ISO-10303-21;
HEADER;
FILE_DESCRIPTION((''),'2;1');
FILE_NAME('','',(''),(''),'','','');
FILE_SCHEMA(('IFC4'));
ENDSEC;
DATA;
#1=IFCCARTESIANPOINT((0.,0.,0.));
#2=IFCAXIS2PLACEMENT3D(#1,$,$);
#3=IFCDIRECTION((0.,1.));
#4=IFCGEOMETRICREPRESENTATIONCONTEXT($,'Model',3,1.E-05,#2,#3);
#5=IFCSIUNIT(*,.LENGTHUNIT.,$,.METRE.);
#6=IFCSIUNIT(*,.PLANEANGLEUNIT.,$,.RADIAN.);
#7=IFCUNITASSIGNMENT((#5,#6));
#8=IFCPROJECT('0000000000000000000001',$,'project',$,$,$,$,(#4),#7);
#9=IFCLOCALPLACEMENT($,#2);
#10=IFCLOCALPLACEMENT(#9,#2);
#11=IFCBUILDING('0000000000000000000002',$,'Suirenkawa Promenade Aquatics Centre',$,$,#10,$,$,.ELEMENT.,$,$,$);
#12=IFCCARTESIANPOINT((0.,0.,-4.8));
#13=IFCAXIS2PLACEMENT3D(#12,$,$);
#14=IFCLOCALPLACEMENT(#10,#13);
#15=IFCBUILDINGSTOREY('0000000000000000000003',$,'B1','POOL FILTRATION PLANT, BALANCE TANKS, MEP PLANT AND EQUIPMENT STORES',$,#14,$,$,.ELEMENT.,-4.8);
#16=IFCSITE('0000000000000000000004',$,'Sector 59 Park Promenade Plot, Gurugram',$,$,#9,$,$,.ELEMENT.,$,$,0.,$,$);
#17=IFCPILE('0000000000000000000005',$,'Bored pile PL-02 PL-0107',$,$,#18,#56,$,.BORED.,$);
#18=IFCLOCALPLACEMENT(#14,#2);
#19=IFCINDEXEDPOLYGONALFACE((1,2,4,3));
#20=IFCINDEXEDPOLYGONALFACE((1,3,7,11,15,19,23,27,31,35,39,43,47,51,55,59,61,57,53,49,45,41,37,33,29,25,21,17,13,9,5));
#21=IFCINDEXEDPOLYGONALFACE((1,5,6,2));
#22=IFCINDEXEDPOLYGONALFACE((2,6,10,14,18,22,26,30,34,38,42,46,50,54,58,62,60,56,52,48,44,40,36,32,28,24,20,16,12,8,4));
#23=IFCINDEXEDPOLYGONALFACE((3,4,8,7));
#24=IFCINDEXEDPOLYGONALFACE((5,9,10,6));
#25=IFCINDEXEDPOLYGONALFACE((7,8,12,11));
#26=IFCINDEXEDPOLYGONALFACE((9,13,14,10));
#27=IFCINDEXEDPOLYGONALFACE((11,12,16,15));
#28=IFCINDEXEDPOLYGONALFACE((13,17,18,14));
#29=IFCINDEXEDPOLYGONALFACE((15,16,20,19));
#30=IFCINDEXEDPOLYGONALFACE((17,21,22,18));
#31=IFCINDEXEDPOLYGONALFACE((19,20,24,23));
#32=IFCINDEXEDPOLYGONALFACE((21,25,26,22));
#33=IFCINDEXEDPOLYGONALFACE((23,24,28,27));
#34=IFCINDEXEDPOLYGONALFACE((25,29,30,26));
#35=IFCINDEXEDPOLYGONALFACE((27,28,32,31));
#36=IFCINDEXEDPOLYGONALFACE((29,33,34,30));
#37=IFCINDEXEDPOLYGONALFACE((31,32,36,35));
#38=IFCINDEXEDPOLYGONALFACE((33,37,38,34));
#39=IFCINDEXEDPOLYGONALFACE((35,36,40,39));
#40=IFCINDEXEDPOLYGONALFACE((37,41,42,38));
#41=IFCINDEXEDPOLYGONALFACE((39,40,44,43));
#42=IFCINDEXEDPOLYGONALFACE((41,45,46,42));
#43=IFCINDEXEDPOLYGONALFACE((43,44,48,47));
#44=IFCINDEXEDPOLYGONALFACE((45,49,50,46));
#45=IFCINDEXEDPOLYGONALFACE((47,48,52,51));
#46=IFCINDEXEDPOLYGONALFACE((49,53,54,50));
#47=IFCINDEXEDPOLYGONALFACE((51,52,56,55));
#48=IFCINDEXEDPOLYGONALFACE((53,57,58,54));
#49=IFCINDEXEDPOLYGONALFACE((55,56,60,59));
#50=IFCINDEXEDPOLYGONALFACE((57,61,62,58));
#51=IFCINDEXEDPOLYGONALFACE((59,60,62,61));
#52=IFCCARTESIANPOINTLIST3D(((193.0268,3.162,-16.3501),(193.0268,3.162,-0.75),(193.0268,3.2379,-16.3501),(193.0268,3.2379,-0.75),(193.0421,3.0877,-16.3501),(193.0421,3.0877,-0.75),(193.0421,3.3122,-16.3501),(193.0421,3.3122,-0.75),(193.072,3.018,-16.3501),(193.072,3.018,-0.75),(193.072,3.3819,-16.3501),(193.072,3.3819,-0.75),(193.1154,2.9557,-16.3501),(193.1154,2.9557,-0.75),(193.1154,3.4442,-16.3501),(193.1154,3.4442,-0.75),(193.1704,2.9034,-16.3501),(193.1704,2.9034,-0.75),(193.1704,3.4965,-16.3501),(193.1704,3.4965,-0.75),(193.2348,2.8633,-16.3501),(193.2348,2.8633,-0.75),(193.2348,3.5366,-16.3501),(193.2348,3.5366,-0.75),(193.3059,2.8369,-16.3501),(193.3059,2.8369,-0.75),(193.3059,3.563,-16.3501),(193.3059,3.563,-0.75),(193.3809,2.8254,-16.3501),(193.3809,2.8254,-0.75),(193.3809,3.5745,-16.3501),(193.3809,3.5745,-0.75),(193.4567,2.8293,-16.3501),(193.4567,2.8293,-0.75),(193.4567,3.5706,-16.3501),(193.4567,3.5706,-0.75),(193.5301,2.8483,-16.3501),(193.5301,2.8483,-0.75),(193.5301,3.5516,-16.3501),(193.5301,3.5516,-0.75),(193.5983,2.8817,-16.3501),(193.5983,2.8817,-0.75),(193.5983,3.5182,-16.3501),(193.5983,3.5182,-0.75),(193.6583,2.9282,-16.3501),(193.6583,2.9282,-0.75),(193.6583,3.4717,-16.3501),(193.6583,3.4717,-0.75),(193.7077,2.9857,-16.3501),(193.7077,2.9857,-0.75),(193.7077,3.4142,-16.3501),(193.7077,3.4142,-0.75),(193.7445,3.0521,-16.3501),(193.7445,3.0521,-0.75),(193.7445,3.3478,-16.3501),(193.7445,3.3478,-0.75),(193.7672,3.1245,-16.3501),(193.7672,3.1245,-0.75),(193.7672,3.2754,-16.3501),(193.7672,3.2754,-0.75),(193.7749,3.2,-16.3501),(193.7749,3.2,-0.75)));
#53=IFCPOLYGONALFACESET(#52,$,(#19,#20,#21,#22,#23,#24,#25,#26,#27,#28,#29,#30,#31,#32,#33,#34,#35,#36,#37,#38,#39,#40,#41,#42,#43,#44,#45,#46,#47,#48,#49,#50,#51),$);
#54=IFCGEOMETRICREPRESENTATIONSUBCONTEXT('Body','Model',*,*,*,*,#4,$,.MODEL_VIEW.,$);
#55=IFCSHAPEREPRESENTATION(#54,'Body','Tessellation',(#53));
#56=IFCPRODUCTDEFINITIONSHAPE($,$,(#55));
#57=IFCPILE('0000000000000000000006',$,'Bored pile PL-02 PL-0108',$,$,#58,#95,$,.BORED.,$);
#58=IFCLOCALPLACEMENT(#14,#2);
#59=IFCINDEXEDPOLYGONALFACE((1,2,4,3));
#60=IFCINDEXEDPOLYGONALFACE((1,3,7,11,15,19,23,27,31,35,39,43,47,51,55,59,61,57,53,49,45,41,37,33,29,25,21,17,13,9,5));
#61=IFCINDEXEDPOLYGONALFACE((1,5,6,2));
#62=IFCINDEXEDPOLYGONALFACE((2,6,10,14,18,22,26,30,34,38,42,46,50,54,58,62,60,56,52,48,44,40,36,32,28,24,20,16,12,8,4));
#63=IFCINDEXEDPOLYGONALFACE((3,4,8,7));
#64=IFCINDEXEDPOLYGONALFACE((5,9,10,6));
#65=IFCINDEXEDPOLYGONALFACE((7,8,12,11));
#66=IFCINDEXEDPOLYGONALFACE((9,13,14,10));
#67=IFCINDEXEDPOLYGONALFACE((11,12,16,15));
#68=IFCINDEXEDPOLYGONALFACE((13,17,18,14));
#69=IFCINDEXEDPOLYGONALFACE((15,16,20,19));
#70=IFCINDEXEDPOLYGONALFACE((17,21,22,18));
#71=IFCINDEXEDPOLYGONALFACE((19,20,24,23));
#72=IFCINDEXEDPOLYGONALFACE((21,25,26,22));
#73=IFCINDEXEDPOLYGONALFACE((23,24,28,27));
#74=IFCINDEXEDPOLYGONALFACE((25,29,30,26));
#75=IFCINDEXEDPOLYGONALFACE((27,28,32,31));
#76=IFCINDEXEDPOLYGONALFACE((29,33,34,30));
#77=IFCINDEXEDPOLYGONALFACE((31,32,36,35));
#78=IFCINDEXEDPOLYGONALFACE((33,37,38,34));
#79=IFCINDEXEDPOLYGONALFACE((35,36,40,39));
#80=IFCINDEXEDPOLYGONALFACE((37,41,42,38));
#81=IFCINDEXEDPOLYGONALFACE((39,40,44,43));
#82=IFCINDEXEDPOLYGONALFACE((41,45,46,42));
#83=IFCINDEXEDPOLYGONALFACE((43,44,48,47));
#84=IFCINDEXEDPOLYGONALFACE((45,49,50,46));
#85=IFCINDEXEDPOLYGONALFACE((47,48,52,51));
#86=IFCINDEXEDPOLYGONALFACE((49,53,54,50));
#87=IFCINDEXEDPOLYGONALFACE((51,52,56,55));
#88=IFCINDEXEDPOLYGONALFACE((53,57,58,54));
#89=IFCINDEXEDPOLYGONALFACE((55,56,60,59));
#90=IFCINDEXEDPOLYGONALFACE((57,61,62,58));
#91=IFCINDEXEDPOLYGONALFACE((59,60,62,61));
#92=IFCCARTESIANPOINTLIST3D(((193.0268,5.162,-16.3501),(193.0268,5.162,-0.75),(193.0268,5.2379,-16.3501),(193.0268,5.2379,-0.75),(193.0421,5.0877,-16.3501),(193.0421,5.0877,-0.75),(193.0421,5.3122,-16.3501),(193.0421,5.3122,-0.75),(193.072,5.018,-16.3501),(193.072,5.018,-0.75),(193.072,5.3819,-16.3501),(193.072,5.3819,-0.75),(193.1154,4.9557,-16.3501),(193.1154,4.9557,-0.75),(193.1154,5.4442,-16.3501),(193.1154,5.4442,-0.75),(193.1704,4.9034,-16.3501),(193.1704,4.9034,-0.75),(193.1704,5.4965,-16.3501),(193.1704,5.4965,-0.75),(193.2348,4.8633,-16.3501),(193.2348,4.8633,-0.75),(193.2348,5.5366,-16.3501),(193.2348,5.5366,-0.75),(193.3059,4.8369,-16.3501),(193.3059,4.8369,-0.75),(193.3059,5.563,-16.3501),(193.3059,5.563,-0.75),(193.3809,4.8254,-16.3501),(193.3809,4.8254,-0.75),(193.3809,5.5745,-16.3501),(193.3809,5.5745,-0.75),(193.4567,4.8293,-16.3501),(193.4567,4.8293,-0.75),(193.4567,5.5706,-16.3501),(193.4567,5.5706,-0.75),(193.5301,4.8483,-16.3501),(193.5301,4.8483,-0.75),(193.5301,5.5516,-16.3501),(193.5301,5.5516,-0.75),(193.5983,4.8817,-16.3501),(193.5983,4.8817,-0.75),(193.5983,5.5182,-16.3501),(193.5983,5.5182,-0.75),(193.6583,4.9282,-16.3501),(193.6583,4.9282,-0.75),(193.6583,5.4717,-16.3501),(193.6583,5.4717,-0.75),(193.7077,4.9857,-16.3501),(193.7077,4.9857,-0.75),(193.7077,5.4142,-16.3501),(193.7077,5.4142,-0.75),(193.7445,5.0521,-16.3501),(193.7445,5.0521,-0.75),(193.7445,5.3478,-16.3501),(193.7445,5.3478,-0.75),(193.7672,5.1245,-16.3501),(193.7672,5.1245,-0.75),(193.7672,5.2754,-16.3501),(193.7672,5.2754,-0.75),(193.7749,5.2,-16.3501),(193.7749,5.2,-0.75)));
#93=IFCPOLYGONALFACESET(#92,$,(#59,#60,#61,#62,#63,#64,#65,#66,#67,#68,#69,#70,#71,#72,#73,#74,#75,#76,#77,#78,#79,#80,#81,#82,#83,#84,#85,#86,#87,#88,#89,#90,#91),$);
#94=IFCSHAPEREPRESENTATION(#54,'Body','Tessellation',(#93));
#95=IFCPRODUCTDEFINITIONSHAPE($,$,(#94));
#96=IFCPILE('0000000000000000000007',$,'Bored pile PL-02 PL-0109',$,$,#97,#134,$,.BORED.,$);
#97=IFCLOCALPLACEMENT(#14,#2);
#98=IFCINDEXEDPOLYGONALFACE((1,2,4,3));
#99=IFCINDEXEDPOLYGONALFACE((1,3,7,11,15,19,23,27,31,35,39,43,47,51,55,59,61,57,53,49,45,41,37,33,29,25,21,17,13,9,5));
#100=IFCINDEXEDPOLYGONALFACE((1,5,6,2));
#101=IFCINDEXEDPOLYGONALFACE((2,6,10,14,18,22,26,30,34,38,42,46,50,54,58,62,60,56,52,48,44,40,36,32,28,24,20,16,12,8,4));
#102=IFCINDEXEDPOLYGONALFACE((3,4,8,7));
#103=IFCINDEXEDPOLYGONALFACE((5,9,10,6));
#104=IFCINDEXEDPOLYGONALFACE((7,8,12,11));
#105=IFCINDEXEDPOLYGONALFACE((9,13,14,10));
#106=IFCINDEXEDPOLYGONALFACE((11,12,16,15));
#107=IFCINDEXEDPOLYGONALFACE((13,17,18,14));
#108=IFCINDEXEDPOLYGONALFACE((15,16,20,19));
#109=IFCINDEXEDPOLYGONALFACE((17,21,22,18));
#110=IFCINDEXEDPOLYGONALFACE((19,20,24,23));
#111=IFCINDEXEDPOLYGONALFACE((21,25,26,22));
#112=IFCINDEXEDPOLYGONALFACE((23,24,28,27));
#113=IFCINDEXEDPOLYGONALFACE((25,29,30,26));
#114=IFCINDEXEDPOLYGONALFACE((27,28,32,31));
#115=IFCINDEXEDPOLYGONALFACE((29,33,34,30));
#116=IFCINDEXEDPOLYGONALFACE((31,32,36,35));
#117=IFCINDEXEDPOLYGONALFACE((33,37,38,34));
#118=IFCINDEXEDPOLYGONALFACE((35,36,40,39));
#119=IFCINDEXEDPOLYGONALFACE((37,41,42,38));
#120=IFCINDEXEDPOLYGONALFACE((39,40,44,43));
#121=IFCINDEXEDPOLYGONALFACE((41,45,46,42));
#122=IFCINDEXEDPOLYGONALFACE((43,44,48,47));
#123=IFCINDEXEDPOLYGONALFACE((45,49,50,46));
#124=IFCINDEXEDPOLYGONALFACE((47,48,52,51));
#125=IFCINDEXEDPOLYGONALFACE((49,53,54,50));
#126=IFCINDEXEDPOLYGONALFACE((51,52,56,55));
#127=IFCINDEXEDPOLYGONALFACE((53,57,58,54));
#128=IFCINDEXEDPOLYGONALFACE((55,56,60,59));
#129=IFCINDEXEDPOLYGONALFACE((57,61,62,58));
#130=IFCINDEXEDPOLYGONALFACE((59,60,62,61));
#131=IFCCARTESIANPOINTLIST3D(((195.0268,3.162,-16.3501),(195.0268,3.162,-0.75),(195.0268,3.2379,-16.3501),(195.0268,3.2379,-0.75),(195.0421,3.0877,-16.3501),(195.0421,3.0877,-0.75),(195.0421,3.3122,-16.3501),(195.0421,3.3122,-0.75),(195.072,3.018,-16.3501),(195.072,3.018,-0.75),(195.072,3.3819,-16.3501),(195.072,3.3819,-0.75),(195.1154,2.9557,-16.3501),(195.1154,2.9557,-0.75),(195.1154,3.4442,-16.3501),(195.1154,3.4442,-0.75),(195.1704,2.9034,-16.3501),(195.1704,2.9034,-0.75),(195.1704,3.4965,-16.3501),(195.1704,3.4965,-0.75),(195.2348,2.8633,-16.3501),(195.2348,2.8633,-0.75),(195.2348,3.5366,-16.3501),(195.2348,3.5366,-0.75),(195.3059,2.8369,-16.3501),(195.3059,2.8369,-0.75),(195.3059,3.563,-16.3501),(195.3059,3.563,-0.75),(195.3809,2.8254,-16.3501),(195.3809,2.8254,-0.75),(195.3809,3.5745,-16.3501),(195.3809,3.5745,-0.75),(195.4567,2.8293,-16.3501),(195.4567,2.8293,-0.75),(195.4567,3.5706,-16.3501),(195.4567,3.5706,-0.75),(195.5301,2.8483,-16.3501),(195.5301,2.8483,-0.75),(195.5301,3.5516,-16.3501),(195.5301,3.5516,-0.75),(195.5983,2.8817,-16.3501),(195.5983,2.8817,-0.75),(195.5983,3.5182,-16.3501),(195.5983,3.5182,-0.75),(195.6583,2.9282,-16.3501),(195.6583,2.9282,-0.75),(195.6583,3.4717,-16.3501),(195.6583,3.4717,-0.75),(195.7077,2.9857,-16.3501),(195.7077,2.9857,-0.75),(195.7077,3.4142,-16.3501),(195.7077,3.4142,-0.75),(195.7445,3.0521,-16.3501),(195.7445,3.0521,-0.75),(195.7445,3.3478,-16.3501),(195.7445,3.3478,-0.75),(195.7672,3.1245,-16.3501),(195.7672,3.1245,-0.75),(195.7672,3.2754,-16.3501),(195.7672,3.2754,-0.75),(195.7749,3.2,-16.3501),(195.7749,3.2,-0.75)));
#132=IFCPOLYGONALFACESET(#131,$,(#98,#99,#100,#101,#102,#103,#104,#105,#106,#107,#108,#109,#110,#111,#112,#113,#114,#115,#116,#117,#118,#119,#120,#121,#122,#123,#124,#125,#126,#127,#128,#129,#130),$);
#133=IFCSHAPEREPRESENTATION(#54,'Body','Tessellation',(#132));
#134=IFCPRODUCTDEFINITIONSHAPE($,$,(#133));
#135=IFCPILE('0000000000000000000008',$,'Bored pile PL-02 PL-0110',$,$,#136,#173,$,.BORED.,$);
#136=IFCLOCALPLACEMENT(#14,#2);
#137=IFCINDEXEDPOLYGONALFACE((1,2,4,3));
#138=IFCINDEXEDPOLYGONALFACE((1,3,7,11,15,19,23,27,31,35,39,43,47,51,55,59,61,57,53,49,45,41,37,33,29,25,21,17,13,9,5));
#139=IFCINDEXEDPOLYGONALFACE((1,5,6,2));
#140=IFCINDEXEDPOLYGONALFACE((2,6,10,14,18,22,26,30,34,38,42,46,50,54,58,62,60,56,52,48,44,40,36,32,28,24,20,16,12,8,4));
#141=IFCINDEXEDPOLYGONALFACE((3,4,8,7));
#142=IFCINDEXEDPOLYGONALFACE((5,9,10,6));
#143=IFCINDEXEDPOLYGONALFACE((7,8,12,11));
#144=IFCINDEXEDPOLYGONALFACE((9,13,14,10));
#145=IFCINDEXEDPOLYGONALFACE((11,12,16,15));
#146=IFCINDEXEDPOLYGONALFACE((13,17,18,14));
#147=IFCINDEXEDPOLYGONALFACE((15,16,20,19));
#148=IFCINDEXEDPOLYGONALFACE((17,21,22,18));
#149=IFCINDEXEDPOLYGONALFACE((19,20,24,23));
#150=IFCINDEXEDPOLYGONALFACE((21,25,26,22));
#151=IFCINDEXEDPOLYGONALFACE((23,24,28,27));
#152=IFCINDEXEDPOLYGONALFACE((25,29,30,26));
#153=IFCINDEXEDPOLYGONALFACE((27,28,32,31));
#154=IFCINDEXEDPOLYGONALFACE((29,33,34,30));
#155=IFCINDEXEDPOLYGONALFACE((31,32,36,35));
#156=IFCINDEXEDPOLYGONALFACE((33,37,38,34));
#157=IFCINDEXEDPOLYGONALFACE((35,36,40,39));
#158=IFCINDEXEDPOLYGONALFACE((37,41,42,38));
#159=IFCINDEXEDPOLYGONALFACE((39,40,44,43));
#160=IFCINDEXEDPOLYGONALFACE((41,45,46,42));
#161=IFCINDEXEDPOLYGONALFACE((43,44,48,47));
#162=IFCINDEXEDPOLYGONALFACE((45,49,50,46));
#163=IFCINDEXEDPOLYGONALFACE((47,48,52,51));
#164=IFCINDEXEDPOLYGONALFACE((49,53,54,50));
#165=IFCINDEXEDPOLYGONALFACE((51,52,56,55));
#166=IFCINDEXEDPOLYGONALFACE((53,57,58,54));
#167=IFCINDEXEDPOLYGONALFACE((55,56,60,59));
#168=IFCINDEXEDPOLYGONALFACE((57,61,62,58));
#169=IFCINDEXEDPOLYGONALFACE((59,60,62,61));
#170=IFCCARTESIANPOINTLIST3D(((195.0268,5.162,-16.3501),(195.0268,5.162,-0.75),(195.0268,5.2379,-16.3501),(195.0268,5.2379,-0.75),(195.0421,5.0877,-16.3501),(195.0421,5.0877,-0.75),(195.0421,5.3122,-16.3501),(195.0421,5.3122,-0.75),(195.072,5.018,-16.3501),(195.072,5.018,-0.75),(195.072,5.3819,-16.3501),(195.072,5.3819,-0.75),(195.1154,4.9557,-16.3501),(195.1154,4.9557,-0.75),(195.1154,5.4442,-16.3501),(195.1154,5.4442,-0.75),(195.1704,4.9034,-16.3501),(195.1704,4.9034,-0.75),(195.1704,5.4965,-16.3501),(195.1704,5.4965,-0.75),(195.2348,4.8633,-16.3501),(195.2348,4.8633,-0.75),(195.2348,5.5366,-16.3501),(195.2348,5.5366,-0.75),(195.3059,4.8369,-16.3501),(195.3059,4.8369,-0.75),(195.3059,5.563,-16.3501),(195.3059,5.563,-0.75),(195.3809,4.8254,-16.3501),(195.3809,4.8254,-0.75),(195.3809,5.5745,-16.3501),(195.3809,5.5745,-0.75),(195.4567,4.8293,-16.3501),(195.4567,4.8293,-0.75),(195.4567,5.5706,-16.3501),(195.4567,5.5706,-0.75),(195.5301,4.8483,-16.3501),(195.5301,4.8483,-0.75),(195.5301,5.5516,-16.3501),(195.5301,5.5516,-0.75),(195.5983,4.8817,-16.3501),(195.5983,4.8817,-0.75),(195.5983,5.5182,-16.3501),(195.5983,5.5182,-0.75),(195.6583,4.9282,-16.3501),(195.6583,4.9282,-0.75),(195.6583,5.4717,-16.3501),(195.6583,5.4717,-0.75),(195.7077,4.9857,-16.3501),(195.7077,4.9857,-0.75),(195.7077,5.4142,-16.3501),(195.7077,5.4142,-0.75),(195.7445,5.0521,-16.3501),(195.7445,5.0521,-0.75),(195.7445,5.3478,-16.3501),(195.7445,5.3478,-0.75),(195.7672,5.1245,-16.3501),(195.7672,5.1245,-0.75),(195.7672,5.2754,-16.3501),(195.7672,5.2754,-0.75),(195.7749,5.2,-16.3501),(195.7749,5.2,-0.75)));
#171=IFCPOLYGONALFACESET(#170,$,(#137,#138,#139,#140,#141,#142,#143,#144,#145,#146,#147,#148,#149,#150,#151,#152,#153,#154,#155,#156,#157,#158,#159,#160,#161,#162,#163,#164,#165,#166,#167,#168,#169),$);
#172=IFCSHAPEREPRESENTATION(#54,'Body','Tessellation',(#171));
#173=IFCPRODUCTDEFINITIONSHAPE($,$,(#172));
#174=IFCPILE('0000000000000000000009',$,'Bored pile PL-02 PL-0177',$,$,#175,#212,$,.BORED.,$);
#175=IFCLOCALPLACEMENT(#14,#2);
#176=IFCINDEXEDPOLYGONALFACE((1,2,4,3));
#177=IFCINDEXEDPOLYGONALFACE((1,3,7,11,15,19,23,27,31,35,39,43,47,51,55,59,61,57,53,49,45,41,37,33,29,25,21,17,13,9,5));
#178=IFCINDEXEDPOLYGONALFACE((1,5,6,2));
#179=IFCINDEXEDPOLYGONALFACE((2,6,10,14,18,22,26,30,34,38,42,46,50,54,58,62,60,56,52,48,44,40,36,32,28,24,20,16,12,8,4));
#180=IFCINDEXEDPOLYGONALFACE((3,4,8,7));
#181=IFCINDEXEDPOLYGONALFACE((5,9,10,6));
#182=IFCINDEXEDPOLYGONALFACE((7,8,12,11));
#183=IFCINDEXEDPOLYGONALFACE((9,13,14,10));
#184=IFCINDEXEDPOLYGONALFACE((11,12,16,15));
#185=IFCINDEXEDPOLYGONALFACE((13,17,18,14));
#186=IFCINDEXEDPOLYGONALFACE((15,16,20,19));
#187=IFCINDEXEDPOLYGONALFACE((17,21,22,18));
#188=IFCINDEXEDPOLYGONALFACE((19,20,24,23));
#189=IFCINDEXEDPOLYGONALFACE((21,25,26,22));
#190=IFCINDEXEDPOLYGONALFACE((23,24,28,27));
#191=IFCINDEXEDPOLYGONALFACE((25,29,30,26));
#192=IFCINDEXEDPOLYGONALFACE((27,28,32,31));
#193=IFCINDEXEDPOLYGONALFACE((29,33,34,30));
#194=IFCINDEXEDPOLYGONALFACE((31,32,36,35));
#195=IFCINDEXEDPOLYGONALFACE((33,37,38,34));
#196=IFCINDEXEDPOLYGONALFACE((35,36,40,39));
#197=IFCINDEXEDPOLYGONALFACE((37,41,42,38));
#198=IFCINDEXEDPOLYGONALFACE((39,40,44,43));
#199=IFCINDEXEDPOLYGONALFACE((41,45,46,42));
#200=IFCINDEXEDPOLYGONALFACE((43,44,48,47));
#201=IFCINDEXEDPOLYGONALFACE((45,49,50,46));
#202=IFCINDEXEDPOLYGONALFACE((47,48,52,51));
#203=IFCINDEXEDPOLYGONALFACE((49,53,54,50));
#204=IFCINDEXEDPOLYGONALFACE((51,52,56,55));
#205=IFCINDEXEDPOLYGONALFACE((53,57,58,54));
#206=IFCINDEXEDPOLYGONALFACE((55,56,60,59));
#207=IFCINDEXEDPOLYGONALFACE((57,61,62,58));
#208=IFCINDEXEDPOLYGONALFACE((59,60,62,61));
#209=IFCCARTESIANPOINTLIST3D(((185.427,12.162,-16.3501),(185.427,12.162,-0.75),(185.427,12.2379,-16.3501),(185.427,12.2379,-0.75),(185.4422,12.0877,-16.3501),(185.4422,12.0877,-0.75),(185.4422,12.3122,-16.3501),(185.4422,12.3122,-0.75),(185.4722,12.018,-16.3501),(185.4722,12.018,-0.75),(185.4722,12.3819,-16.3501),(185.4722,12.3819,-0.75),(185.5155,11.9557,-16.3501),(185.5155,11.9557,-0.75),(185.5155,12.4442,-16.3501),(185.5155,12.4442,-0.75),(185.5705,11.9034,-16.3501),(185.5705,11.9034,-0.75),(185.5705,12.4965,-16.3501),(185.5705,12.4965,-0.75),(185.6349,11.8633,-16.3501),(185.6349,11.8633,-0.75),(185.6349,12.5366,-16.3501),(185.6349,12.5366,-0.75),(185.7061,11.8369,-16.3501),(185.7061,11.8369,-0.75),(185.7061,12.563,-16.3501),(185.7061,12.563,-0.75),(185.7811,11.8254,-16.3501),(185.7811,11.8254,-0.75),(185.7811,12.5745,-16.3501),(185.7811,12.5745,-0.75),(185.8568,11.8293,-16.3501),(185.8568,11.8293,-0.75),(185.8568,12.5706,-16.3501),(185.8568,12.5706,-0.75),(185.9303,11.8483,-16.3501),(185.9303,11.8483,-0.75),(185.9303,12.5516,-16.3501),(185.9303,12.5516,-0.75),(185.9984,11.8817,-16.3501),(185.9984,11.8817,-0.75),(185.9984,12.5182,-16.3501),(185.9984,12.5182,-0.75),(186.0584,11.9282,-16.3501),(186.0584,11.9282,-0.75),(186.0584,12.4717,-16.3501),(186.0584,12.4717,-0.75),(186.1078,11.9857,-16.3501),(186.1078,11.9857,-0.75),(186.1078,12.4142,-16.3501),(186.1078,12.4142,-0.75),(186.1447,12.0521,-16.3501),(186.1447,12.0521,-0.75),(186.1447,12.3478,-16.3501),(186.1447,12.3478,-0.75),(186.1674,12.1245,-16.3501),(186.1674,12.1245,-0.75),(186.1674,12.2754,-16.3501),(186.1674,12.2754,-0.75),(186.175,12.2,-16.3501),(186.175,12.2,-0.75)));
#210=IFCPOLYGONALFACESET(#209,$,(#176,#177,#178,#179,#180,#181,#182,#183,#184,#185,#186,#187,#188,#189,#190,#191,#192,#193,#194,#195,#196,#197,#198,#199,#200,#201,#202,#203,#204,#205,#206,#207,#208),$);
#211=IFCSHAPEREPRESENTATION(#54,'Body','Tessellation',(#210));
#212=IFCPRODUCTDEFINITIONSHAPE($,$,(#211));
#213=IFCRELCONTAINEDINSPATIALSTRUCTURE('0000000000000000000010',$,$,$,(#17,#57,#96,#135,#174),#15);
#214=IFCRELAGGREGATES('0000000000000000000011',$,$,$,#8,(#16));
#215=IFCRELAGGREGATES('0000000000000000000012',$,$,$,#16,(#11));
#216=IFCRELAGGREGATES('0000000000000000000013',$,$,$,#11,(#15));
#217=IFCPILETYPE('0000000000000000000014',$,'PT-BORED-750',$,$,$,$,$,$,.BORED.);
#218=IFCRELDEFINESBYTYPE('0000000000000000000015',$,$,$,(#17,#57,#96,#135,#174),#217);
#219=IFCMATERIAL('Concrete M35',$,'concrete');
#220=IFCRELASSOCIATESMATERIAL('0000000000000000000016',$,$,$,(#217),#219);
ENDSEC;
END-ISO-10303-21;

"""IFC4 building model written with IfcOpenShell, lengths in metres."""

from ifc_helpers import new_model, si_unit, direction, frame, origin, origin_2d, place, context, subcontext, project, spatial, circle, extrude, material, material_profile, profile_set, type_object, element, save


model = new_model("IFC4")

# Units and contexts
model_context = context("Model", 3, precision=1e-05, world=origin(), true_north=direction((0.0, 1.0)))
body_context = subcontext(model_context, "Body", "Model", "MODEL_VIEW")
ifc_project = project(units=[si_unit("LENGTHUNIT", "METRE"), si_unit("PLANEANGLEUNIT", "RADIAN")], contexts=[model_context])

# Site, building, storey
site_placement = place(None, origin())
site = spatial("IfcSite", under=ifc_project, at=site_placement, Name="Sector 59 Park Promenade Plot, Gurugram", CompositionType="ELEMENT", RefElevation=0.0)
building_placement = place(site_placement, origin())
building = spatial("IfcBuilding", under=site, at=building_placement, Name="Suirenkawa Promenade Aquatics Centre", CompositionType="ELEMENT")
storey_placement = place(building_placement, frame((0.0, 0.0, -4.8)))
storey = spatial("IfcBuildingStorey", under=building, at=storey_placement, Name="B1", Description="POOL FILTRATION PLANT, BALANCE TANKS, MEP PLANT AND EQUIPMENT STORES", CompositionType="ELEMENT", Elevation=-4.8)

# Shared definitions
ifc_material_1 = material(Name="Concrete M35", Category="concrete")

# Piles
ifc_material_profile_1 = material_profile(ifc_material_1, circle(Radius=0.375, at=origin_2d()), Name="PILE D750", Category="concrete")
ifc_profile_set_1 = profile_set([ifc_material_profile_1], Name="Concrete M35")
pile_type = type_object("IfcPileType", Name="PT-BORED-750", PredefinedType="BORED", material=ifc_profile_set_1)
for number, where, z_axis, x_axis, name in (
    (1, (193.3999, 3.2, -0.75), (0.0, 0.0, -1.0), (1.0, 0.0, 0.0), "Bored pile PL-02 PL-0107"),
    (2, (193.3999, 5.2, -0.75), (0.0, 0.0, -1.0), (1.0, 0.0, 0.0), "Bored pile PL-02 PL-0108"),
    (3, (195.3999, 3.2, -0.75), (0.0, 0.0, -1.0), (1.0, 0.0, 0.0), "Bored pile PL-02 PL-0109"),
    (4, (195.3999, 5.2, -0.75), (0.0, 0.0, -1.0), (1.0, 0.0, 0.0), "Bored pile PL-02 PL-0110"),
    (5, (185.8, 12.2, -0.75), (0.0, 0.0, -1.0), (1.0, 0.0, 0.0), "Bored pile PL-02 PL-0177"),
):
    element("IfcPile", number, at=place(storey_placement, frame(where, z_axis=z_axis, x_axis=x_axis)), inside=storey, type_object=pile_type, Name=name, PredefinedType="BORED", context=body_context, shape_type="SweptSolid", body=[
        extrude(circle(Radius=0.375, at=origin_2d()), origin(), (0.0, 0.0, 1.0), 15.6001),
    ])

save(model, "model.ifc")
